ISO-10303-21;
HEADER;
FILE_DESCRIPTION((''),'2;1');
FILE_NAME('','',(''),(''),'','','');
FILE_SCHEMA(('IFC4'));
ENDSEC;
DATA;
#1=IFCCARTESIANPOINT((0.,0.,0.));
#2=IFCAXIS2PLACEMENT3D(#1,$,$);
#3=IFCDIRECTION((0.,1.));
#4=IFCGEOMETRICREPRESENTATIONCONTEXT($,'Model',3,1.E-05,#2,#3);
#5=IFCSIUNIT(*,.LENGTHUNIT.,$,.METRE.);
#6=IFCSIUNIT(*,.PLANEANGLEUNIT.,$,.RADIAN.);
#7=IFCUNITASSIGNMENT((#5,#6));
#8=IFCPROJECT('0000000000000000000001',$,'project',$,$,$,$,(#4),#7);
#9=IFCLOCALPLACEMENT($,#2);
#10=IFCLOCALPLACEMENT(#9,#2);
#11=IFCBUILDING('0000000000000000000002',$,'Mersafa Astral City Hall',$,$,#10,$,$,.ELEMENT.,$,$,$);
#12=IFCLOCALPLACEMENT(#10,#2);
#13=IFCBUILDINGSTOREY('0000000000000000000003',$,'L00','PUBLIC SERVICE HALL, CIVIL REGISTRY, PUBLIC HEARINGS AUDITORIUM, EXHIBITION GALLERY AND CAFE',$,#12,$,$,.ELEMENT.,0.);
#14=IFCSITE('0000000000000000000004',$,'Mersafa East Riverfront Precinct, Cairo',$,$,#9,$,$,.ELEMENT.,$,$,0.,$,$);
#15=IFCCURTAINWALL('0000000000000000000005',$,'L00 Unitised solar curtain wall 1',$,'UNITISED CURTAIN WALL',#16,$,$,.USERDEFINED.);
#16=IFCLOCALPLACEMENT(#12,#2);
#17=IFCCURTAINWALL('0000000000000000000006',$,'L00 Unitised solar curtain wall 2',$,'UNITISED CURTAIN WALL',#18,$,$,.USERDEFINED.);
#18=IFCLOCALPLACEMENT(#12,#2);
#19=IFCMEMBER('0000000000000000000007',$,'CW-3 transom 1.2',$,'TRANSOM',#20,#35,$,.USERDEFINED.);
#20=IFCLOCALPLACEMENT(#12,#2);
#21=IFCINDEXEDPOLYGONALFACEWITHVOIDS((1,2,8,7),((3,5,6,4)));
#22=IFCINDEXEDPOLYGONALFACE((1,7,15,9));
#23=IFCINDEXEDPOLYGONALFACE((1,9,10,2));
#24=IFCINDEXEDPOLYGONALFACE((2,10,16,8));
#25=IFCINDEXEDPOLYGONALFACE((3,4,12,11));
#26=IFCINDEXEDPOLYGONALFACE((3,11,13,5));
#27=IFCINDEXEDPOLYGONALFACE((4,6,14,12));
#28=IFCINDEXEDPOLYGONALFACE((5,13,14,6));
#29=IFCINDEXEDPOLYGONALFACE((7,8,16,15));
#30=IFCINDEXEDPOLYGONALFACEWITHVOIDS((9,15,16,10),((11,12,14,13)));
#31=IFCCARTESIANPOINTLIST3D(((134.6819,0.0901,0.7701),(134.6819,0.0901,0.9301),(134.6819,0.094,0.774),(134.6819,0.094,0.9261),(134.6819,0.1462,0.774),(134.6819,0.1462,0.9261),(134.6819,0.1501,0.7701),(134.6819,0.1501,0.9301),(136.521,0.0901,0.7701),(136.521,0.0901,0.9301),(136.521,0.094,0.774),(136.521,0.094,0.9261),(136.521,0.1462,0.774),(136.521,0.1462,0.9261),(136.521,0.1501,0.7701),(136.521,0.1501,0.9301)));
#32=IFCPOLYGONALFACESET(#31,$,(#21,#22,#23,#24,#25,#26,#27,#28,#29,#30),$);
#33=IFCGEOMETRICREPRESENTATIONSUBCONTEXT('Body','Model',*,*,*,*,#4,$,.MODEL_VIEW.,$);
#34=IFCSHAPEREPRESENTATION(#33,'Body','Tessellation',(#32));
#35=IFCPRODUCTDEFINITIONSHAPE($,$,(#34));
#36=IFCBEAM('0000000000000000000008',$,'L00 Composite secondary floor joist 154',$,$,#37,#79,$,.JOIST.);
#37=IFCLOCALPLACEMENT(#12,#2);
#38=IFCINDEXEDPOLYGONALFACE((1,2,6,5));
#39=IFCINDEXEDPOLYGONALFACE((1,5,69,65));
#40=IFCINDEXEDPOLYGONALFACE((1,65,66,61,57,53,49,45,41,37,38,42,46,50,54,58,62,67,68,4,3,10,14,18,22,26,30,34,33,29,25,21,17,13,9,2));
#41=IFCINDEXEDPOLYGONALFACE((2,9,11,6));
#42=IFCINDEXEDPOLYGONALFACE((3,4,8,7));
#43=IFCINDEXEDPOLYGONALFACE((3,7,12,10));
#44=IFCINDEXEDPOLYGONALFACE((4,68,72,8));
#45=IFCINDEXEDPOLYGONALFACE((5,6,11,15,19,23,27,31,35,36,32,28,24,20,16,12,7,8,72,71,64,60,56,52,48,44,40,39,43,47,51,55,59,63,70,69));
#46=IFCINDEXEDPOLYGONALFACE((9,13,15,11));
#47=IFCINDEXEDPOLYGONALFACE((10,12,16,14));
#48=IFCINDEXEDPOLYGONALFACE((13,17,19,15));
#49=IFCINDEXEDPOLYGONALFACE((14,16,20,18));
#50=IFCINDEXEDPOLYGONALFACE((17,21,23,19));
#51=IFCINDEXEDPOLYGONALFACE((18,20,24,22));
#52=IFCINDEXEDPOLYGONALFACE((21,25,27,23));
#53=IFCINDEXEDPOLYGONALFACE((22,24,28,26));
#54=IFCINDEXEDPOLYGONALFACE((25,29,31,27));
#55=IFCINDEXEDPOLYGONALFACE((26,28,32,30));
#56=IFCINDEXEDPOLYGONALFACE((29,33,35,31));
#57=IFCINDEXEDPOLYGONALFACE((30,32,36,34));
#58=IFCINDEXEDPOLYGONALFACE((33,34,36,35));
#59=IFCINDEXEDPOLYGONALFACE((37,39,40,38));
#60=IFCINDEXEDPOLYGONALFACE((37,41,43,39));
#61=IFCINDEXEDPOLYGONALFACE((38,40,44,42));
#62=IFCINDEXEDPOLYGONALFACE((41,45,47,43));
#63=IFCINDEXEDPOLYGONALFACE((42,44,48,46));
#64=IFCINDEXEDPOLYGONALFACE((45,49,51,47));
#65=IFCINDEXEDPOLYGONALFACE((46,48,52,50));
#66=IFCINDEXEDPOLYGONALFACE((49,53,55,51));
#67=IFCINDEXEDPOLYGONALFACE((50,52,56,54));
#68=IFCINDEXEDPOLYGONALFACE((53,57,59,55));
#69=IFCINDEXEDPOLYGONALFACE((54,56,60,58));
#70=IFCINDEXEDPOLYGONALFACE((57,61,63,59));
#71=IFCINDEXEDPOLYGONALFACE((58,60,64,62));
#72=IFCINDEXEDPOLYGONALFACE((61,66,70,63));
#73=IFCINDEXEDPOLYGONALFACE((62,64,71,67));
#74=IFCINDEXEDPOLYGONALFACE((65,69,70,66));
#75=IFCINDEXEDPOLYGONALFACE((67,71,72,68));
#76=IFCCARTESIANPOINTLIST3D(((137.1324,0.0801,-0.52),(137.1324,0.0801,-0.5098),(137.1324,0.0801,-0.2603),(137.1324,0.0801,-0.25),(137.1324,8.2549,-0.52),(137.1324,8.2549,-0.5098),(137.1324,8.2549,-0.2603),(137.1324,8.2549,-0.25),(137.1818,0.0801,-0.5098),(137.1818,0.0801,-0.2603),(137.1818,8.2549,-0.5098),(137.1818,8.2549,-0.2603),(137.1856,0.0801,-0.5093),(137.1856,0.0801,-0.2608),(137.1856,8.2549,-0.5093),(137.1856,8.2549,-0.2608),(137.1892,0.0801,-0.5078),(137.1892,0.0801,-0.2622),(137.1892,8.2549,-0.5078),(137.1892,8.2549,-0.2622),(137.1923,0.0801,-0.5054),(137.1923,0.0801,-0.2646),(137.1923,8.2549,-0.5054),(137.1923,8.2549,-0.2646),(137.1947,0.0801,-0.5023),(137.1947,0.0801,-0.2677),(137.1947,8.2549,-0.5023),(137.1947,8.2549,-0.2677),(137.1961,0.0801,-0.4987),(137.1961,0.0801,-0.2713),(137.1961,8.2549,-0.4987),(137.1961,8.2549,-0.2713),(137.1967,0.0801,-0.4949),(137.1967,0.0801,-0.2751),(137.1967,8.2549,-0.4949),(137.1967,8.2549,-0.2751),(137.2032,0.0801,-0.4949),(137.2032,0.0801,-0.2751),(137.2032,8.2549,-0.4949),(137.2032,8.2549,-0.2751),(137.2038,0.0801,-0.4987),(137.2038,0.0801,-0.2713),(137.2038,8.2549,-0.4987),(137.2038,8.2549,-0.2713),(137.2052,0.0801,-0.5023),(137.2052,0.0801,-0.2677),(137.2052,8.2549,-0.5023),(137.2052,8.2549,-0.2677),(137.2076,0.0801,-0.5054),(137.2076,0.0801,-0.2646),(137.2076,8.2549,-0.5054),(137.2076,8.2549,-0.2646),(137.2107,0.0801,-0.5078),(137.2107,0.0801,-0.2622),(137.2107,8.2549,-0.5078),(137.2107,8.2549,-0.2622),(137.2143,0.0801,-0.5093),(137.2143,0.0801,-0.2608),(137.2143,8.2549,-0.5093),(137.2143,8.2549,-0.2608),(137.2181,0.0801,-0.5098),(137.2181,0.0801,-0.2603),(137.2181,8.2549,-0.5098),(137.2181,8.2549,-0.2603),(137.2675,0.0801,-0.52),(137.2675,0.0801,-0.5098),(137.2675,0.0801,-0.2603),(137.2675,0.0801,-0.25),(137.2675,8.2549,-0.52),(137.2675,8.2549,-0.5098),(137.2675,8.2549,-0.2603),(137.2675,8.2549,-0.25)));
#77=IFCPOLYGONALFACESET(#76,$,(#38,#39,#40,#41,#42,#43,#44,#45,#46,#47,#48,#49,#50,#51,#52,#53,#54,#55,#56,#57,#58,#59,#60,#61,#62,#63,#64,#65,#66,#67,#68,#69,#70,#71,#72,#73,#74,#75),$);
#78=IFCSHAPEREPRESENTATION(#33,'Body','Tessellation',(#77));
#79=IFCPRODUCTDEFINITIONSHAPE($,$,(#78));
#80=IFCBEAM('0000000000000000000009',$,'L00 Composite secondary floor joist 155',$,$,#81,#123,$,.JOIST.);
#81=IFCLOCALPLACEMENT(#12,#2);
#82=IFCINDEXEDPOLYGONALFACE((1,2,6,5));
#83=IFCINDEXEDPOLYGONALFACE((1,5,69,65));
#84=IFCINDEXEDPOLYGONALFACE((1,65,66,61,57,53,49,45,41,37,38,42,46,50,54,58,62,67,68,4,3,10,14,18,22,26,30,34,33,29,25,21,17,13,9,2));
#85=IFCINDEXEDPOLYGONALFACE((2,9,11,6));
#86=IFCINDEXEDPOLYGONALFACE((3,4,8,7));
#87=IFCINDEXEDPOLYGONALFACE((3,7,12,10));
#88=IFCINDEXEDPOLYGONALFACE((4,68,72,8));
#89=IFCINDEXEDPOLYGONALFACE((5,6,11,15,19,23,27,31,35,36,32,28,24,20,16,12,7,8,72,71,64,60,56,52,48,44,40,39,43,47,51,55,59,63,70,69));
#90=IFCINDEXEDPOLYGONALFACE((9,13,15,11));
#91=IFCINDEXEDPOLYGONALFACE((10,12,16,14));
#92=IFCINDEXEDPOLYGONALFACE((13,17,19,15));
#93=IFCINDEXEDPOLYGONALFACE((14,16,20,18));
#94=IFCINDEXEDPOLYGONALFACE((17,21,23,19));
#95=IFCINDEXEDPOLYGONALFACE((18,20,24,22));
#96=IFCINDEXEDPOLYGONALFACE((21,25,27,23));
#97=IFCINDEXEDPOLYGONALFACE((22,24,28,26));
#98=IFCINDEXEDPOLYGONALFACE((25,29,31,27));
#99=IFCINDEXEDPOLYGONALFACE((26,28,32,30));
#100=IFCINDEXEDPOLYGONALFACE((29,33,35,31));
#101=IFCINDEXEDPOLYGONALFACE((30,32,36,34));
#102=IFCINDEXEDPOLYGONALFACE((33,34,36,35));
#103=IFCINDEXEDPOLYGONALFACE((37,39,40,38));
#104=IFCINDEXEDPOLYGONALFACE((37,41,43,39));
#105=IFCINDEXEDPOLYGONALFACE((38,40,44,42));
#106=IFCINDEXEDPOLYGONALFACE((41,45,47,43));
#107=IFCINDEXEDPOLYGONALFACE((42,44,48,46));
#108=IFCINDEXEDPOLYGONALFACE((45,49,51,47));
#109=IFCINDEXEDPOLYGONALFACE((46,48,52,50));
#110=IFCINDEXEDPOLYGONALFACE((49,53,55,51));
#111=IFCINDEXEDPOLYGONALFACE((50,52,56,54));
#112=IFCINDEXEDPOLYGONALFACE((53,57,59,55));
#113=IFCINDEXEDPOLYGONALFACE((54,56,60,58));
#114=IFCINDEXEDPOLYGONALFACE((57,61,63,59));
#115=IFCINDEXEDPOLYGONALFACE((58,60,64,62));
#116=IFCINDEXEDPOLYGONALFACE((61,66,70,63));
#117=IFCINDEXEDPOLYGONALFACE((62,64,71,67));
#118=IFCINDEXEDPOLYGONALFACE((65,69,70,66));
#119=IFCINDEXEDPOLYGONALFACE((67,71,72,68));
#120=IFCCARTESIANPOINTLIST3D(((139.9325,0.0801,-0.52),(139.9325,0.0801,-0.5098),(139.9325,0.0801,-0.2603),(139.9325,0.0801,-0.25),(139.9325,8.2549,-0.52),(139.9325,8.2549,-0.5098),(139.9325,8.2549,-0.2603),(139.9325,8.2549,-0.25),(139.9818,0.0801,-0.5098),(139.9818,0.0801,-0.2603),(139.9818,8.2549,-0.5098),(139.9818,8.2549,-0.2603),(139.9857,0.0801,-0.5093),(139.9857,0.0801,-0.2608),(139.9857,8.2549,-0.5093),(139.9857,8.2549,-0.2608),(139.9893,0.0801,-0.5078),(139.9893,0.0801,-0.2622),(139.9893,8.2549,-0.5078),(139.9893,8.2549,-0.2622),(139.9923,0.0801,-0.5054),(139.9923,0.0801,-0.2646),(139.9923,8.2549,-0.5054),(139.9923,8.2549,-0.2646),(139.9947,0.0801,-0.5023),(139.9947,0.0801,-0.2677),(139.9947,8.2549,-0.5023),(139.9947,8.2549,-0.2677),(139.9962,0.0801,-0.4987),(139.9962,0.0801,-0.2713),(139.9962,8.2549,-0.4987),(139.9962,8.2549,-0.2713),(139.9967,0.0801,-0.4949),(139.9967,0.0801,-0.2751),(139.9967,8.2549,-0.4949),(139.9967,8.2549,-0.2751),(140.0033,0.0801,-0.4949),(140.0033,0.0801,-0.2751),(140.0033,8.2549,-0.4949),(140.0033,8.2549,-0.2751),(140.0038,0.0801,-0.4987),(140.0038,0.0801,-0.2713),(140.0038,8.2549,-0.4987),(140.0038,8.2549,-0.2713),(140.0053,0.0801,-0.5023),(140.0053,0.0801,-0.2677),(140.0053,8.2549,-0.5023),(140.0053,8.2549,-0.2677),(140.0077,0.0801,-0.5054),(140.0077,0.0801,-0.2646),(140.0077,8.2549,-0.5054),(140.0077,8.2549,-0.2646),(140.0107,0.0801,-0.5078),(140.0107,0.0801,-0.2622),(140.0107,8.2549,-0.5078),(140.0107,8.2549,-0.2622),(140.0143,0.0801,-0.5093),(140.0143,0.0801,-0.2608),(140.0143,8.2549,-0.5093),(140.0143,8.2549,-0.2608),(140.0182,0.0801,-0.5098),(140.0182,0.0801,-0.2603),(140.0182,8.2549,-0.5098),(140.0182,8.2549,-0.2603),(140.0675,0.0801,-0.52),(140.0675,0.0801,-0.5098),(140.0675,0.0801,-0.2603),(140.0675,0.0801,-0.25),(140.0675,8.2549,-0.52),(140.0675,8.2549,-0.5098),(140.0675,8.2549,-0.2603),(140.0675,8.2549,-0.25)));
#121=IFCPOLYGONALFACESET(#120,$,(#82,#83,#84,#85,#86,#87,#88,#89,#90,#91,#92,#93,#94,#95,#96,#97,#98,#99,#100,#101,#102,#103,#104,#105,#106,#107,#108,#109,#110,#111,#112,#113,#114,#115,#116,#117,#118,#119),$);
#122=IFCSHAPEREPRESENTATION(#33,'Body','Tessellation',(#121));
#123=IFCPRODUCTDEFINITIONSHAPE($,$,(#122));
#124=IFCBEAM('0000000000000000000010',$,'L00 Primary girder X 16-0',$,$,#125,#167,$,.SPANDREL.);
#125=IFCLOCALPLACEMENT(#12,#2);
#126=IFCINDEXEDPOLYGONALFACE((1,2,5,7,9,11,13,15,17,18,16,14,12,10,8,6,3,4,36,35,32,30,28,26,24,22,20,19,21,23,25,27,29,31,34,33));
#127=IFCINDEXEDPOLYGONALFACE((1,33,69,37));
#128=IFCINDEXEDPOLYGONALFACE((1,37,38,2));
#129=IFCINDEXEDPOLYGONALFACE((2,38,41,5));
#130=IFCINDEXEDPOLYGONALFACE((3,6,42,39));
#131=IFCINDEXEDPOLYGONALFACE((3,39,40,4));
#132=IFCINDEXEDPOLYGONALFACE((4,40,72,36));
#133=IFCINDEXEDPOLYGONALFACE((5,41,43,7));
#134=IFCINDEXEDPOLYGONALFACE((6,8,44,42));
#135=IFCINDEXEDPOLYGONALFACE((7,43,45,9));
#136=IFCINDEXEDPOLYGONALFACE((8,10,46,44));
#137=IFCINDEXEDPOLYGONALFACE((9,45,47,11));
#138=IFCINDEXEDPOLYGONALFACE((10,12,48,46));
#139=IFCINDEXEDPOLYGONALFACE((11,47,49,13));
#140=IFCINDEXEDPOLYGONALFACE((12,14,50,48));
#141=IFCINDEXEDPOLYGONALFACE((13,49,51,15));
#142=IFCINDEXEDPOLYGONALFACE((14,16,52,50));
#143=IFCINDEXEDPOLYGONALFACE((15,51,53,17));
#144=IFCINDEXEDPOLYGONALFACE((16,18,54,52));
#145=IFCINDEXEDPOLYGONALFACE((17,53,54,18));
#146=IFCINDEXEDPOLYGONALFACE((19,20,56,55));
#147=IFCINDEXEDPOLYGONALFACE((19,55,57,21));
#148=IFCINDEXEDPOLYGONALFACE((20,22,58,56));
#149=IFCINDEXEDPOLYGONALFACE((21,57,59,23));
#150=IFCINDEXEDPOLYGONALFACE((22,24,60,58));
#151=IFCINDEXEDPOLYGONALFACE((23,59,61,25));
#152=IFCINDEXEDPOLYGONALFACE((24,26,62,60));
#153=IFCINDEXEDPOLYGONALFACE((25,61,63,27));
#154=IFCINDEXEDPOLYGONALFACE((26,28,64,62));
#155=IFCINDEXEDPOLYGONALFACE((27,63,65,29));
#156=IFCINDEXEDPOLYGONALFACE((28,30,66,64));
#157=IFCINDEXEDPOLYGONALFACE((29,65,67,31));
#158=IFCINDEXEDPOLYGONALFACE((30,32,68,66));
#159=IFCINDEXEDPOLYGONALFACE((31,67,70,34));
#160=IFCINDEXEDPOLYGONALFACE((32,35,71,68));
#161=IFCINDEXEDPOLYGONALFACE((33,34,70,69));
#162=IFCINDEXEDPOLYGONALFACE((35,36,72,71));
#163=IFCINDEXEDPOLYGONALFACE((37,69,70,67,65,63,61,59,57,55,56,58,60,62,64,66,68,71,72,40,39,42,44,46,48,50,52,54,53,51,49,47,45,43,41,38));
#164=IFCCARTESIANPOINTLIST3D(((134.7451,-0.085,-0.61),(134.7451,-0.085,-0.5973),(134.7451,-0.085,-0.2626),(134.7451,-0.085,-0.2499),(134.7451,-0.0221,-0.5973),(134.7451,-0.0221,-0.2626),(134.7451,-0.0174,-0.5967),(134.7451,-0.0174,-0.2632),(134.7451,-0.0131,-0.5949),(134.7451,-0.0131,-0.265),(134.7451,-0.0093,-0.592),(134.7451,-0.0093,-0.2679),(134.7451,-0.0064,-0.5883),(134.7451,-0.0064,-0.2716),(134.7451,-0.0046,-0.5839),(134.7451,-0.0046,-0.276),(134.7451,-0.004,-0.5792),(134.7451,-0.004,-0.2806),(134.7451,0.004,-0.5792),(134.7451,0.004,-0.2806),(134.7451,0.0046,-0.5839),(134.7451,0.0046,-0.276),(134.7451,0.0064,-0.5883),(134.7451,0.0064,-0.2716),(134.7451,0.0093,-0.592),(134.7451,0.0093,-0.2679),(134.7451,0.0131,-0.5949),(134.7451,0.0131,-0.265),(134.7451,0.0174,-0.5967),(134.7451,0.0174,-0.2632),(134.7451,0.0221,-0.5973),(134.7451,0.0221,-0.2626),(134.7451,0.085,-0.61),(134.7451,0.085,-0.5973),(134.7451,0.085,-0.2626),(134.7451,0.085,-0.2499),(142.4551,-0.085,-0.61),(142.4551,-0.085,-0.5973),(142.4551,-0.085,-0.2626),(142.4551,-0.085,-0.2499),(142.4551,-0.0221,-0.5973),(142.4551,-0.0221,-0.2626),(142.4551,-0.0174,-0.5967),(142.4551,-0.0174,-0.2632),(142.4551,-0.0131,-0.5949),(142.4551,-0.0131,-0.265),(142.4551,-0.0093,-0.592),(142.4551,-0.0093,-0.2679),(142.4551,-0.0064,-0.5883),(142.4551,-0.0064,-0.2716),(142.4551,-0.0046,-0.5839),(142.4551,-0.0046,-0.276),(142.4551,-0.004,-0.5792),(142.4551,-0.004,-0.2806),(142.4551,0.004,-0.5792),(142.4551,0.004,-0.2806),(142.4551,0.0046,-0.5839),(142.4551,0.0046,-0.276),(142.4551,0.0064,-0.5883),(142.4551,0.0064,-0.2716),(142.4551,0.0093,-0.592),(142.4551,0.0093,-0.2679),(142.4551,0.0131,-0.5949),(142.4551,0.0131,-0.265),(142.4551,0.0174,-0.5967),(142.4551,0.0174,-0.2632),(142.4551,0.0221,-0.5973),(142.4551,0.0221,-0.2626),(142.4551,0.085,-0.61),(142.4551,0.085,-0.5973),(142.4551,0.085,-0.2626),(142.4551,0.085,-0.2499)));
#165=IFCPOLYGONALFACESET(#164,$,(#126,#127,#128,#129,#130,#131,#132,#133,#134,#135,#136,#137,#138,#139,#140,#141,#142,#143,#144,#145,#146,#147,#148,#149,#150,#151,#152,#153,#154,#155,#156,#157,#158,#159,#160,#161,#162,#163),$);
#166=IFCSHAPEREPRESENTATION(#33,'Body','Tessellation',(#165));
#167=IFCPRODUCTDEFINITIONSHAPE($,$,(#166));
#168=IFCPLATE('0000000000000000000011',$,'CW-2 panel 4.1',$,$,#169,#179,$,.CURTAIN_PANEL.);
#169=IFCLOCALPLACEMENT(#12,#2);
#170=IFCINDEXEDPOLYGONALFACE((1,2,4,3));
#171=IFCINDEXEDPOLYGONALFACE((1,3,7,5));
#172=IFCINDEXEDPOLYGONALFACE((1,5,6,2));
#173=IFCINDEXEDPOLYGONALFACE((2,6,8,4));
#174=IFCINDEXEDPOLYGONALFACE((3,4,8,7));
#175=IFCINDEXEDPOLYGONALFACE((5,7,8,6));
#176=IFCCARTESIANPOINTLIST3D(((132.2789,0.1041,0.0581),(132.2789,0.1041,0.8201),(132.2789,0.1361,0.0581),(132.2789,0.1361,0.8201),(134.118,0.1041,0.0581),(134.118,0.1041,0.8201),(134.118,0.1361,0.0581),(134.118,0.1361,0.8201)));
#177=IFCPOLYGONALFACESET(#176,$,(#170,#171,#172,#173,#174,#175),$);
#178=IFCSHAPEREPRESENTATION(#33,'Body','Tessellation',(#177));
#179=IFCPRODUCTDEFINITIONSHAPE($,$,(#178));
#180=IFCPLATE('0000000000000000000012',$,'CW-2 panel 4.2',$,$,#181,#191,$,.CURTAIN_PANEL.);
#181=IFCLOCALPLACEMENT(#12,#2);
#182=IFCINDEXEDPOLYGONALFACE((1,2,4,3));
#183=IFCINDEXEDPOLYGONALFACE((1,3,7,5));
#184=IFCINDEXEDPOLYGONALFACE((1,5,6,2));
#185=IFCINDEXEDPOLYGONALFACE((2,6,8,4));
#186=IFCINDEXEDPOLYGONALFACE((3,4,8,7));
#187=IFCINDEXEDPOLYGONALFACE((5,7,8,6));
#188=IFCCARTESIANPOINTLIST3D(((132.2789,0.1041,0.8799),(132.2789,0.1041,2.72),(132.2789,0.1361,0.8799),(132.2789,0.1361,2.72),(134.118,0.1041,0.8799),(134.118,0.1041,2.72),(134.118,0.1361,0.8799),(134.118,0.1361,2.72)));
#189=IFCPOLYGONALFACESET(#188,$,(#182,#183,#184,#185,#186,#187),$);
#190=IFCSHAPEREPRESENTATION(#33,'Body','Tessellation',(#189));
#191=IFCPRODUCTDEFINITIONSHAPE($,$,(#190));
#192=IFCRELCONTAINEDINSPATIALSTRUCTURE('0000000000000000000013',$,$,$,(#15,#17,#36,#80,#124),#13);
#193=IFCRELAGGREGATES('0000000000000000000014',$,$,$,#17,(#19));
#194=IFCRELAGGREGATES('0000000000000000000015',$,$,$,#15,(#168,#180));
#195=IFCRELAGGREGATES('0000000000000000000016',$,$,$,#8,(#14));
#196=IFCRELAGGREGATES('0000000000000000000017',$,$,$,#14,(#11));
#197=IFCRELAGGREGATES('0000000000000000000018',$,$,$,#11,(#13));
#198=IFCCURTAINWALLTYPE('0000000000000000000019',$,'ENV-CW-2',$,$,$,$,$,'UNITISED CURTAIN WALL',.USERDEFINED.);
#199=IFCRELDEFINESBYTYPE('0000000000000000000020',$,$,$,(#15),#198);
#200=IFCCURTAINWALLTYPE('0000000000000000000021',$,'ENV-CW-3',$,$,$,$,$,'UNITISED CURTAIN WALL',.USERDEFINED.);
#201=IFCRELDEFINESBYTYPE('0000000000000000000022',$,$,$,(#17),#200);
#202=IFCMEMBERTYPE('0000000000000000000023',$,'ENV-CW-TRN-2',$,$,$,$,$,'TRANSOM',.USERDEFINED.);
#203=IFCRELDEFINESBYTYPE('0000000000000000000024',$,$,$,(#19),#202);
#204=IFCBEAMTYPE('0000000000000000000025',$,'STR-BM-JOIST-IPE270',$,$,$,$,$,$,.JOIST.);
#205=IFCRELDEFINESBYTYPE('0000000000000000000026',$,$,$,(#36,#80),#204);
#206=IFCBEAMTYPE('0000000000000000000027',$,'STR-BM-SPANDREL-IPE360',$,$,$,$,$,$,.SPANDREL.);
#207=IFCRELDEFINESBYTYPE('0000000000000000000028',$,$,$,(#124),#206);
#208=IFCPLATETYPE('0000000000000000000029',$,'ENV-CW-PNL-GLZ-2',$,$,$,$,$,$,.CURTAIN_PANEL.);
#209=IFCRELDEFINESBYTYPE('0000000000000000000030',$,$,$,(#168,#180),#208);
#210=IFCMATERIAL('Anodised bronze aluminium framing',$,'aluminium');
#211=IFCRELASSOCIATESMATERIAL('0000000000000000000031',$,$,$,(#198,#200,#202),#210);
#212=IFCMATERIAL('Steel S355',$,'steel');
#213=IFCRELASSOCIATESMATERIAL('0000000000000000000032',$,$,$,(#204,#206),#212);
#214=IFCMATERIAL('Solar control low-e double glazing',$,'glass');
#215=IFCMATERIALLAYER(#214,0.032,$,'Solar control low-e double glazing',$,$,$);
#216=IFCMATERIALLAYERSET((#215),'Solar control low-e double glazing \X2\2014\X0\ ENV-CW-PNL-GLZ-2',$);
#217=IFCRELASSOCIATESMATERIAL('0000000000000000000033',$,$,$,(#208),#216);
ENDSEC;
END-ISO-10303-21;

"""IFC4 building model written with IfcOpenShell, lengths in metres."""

from ifc_helpers import new_model, si_unit, direction, frame, origin, origin_2d, place, context, subcontext, project, spatial, rectangle, hollow_rectangle, i_section, extrude, material, layer, layer_set, material_profile, profile_set, type_object, element, aggregate, save


model = new_model("IFC4")

# Units and contexts
model_context = context("Model", 3, precision=1e-05, world=origin(), true_north=direction((0.0, 1.0)))
body_context = subcontext(model_context, "Body", "Model", "MODEL_VIEW")
ifc_project = project(units=[si_unit("LENGTHUNIT", "METRE"), si_unit("PLANEANGLEUNIT", "RADIAN")], contexts=[model_context])

# Site, building, storey
site_placement = place(None, origin())
site = spatial("IfcSite", under=ifc_project, at=site_placement, Name="Mersafa East Riverfront Precinct, Cairo", CompositionType="ELEMENT", RefElevation=0.0)
building_placement = place(site_placement, origin())
building = spatial("IfcBuilding", under=site, at=building_placement, Name="Mersafa Astral City Hall", CompositionType="ELEMENT")
storey_placement = place(building_placement, origin())
storey = spatial("IfcBuildingStorey", under=building, at=storey_placement, Name="L00", Description="PUBLIC SERVICE HALL, CIVIL REGISTRY, PUBLIC HEARINGS AUDITORIUM, EXHIBITION GALLERY AND CAFE", CompositionType="ELEMENT", Elevation=0.0)

# Shared definitions
ifc_material_1 = material(Name="Steel S355", Category="steel")

# Curtain wall
ifc_material_2 = material(Name="Anodised bronze aluminium framing", Category="aluminium")
curtain_wall_type_1 = type_object("IfcCurtainWallType", Name="ENV-CW-2", ElementType="UNITISED CURTAIN WALL", PredefinedType="USERDEFINED", material=ifc_material_2)
curtain_wall_1_placement = place(storey_placement, origin())
curtain_wall_1 = element("IfcCurtainWall", 1, at=curtain_wall_1_placement, inside=storey, type_object=curtain_wall_type_1, Name="L00 Unitised solar curtain wall 1", ObjectType="UNITISED CURTAIN WALL", PredefinedType="USERDEFINED")

# Curtain wall
curtain_wall_type_2 = type_object("IfcCurtainWallType", Name="ENV-CW-3", ElementType="UNITISED CURTAIN WALL", PredefinedType="USERDEFINED", material=ifc_material_2)
curtain_wall_2_placement = place(storey_placement, origin())
curtain_wall_2 = element("IfcCurtainWall", 2, at=curtain_wall_2_placement, inside=storey, type_object=curtain_wall_type_2, Name="L00 Unitised solar curtain wall 2", ObjectType="UNITISED CURTAIN WALL", PredefinedType="USERDEFINED")

# Member
ifc_material_profile_1 = material_profile(ifc_material_2, hollow_rectangle(XDim=0.0601, YDim=0.1599, WallThickness=0.0039, at=origin_2d()), Name="RHS 60x160x4")
ifc_profile_set_1 = profile_set([ifc_material_profile_1], Name="Anodised bronze aluminium framing")
member_type_1 = type_object("IfcMemberType", Name="ENV-CW-TRN-2", ElementType="TRANSOM", PredefinedType="USERDEFINED", material=ifc_profile_set_1)
member_1_placement = place(storey_placement, frame((134.6819, 0.1201, 0.8501), z_axis=(1.0, 0.0, 0.0), x_axis=(0.0, 1.0, 0.0)))
member_1 = element("IfcMember", 3, at=member_1_placement, type_object=member_type_1, Name="CW-3 transom 1.2", ObjectType="TRANSOM", PredefinedType="USERDEFINED", context=body_context, shape_type="SweptSolid", body=[
    extrude(hollow_rectangle(XDim=0.0601, YDim=0.1599, WallThickness=0.0039, at=origin_2d()), origin(), (0.0, 0.0, 1.0), 1.8391),
])
aggregate(curtain_wall_2, [member_1])

# Beams
ifc_material_profile_2 = material_profile(ifc_material_1, i_section(OverallWidth=0.135, OverallDepth=0.27, WebThickness=0.0066, FlangeThickness=0.0103, FilletRadius=0.0149, at=origin_2d()), Name="IPE 270")
ifc_profile_set_2 = profile_set([ifc_material_profile_2], Name="Steel S355")
beam_type_1 = type_object("IfcBeamType", Name="STR-BM-JOIST-IPE270", PredefinedType="JOIST", material=ifc_profile_set_2)
for number, where, z_axis, x_axis, name in (
    (4, (137.2, 0.0801, -0.385), (0.0, 1.0, 0.0), (-1.0, 0.0, 0.0), "L00 Composite secondary floor joist 154"),
    (5, (140.0, 0.0801, -0.385), (0.0, 1.0, 0.0), (-1.0, 0.0, 0.0), "L00 Composite secondary floor joist 155"),
):
    element("IfcBeam", number, at=place(storey_placement, frame(where, z_axis=z_axis, x_axis=x_axis)), inside=storey, type_object=beam_type_1, Name=name, PredefinedType="JOIST", context=body_context, shape_type="SweptSolid", body=[
        extrude(i_section(OverallWidth=0.135, OverallDepth=0.27, WebThickness=0.0066, FlangeThickness=0.0103, FilletRadius=0.0149, at=origin_2d()), origin(), (0.0, 0.0, 1.0), 8.1748),
    ])
ifc_material_profile_3 = material_profile(ifc_material_1, i_section(OverallWidth=0.1699, OverallDepth=0.3601, WebThickness=0.0081, FlangeThickness=0.0127, FilletRadius=0.0181, at=origin_2d()), Name="IPE 360")
ifc_profile_set_3 = profile_set([ifc_material_profile_3], Name="Steel S355")
beam_type_2 = type_object("IfcBeamType", Name="STR-BM-SPANDREL-IPE360", PredefinedType="SPANDREL", material=ifc_profile_set_3)
beam_placement = place(storey_placement, frame((134.7451, 0.0, -0.4299), z_axis=(1.0, 0.0, 0.0), x_axis=(0.0, 1.0, 0.0)))
element("IfcBeam", 6, at=beam_placement, inside=storey, type_object=beam_type_2, Name="L00 Primary girder X 16-0", PredefinedType="SPANDREL", context=body_context, shape_type="SweptSolid", body=[
    extrude(i_section(OverallWidth=0.1699, OverallDepth=0.3601, WebThickness=0.0081, FlangeThickness=0.0127, FilletRadius=0.0181, at=origin_2d()), origin(), (0.0, 0.0, 1.0), 7.71),
])

# Plates
ifc_material_3 = material(Name="Solar control low-e double glazing", Category="glass")
ifc_layer = layer(ifc_material_3, 0.032, Name="Solar control low-e double glazing")
ifc_layer_set = layer_set([ifc_layer], Name="Solar control low-e double glazing — ENV-CW-PNL-GLZ-2")
plate_type = type_object("IfcPlateType", Name="ENV-CW-PNL-GLZ-2", PredefinedType="CURTAIN_PANEL", material=ifc_layer_set)
plate_1_placement = place(storey_placement, frame((133.1985, 0.1201, 0.0581), z_axis=(0.0, 0.0, 1.0), x_axis=(1.0, 0.0, 0.0)))
plate_1 = element("IfcPlate", 7, at=plate_1_placement, type_object=plate_type, Name="CW-2 panel 4.1", PredefinedType="CURTAIN_PANEL", context=body_context, shape_type="SweptSolid", body=[
    extrude(rectangle(XDim=1.8391, YDim=0.032, at=origin_2d()), origin(), (0.0, 0.0, 1.0), 0.762),
])
plate_2_placement = place(storey_placement, frame((133.1985, 0.1201, 0.8799), z_axis=(0.0, 0.0, 1.0), x_axis=(1.0, 0.0, 0.0)))
plate_2 = element("IfcPlate", 8, at=plate_2_placement, type_object=plate_type, Name="CW-2 panel 4.2", PredefinedType="CURTAIN_PANEL", context=body_context, shape_type="SweptSolid", body=[
    extrude(rectangle(XDim=1.8391, YDim=0.032, at=origin_2d()), origin(), (0.0, 0.0, 1.0), 1.8401),
])
aggregate(curtain_wall_1, [plate_1, plate_2])

save(model, "model.ifc")
